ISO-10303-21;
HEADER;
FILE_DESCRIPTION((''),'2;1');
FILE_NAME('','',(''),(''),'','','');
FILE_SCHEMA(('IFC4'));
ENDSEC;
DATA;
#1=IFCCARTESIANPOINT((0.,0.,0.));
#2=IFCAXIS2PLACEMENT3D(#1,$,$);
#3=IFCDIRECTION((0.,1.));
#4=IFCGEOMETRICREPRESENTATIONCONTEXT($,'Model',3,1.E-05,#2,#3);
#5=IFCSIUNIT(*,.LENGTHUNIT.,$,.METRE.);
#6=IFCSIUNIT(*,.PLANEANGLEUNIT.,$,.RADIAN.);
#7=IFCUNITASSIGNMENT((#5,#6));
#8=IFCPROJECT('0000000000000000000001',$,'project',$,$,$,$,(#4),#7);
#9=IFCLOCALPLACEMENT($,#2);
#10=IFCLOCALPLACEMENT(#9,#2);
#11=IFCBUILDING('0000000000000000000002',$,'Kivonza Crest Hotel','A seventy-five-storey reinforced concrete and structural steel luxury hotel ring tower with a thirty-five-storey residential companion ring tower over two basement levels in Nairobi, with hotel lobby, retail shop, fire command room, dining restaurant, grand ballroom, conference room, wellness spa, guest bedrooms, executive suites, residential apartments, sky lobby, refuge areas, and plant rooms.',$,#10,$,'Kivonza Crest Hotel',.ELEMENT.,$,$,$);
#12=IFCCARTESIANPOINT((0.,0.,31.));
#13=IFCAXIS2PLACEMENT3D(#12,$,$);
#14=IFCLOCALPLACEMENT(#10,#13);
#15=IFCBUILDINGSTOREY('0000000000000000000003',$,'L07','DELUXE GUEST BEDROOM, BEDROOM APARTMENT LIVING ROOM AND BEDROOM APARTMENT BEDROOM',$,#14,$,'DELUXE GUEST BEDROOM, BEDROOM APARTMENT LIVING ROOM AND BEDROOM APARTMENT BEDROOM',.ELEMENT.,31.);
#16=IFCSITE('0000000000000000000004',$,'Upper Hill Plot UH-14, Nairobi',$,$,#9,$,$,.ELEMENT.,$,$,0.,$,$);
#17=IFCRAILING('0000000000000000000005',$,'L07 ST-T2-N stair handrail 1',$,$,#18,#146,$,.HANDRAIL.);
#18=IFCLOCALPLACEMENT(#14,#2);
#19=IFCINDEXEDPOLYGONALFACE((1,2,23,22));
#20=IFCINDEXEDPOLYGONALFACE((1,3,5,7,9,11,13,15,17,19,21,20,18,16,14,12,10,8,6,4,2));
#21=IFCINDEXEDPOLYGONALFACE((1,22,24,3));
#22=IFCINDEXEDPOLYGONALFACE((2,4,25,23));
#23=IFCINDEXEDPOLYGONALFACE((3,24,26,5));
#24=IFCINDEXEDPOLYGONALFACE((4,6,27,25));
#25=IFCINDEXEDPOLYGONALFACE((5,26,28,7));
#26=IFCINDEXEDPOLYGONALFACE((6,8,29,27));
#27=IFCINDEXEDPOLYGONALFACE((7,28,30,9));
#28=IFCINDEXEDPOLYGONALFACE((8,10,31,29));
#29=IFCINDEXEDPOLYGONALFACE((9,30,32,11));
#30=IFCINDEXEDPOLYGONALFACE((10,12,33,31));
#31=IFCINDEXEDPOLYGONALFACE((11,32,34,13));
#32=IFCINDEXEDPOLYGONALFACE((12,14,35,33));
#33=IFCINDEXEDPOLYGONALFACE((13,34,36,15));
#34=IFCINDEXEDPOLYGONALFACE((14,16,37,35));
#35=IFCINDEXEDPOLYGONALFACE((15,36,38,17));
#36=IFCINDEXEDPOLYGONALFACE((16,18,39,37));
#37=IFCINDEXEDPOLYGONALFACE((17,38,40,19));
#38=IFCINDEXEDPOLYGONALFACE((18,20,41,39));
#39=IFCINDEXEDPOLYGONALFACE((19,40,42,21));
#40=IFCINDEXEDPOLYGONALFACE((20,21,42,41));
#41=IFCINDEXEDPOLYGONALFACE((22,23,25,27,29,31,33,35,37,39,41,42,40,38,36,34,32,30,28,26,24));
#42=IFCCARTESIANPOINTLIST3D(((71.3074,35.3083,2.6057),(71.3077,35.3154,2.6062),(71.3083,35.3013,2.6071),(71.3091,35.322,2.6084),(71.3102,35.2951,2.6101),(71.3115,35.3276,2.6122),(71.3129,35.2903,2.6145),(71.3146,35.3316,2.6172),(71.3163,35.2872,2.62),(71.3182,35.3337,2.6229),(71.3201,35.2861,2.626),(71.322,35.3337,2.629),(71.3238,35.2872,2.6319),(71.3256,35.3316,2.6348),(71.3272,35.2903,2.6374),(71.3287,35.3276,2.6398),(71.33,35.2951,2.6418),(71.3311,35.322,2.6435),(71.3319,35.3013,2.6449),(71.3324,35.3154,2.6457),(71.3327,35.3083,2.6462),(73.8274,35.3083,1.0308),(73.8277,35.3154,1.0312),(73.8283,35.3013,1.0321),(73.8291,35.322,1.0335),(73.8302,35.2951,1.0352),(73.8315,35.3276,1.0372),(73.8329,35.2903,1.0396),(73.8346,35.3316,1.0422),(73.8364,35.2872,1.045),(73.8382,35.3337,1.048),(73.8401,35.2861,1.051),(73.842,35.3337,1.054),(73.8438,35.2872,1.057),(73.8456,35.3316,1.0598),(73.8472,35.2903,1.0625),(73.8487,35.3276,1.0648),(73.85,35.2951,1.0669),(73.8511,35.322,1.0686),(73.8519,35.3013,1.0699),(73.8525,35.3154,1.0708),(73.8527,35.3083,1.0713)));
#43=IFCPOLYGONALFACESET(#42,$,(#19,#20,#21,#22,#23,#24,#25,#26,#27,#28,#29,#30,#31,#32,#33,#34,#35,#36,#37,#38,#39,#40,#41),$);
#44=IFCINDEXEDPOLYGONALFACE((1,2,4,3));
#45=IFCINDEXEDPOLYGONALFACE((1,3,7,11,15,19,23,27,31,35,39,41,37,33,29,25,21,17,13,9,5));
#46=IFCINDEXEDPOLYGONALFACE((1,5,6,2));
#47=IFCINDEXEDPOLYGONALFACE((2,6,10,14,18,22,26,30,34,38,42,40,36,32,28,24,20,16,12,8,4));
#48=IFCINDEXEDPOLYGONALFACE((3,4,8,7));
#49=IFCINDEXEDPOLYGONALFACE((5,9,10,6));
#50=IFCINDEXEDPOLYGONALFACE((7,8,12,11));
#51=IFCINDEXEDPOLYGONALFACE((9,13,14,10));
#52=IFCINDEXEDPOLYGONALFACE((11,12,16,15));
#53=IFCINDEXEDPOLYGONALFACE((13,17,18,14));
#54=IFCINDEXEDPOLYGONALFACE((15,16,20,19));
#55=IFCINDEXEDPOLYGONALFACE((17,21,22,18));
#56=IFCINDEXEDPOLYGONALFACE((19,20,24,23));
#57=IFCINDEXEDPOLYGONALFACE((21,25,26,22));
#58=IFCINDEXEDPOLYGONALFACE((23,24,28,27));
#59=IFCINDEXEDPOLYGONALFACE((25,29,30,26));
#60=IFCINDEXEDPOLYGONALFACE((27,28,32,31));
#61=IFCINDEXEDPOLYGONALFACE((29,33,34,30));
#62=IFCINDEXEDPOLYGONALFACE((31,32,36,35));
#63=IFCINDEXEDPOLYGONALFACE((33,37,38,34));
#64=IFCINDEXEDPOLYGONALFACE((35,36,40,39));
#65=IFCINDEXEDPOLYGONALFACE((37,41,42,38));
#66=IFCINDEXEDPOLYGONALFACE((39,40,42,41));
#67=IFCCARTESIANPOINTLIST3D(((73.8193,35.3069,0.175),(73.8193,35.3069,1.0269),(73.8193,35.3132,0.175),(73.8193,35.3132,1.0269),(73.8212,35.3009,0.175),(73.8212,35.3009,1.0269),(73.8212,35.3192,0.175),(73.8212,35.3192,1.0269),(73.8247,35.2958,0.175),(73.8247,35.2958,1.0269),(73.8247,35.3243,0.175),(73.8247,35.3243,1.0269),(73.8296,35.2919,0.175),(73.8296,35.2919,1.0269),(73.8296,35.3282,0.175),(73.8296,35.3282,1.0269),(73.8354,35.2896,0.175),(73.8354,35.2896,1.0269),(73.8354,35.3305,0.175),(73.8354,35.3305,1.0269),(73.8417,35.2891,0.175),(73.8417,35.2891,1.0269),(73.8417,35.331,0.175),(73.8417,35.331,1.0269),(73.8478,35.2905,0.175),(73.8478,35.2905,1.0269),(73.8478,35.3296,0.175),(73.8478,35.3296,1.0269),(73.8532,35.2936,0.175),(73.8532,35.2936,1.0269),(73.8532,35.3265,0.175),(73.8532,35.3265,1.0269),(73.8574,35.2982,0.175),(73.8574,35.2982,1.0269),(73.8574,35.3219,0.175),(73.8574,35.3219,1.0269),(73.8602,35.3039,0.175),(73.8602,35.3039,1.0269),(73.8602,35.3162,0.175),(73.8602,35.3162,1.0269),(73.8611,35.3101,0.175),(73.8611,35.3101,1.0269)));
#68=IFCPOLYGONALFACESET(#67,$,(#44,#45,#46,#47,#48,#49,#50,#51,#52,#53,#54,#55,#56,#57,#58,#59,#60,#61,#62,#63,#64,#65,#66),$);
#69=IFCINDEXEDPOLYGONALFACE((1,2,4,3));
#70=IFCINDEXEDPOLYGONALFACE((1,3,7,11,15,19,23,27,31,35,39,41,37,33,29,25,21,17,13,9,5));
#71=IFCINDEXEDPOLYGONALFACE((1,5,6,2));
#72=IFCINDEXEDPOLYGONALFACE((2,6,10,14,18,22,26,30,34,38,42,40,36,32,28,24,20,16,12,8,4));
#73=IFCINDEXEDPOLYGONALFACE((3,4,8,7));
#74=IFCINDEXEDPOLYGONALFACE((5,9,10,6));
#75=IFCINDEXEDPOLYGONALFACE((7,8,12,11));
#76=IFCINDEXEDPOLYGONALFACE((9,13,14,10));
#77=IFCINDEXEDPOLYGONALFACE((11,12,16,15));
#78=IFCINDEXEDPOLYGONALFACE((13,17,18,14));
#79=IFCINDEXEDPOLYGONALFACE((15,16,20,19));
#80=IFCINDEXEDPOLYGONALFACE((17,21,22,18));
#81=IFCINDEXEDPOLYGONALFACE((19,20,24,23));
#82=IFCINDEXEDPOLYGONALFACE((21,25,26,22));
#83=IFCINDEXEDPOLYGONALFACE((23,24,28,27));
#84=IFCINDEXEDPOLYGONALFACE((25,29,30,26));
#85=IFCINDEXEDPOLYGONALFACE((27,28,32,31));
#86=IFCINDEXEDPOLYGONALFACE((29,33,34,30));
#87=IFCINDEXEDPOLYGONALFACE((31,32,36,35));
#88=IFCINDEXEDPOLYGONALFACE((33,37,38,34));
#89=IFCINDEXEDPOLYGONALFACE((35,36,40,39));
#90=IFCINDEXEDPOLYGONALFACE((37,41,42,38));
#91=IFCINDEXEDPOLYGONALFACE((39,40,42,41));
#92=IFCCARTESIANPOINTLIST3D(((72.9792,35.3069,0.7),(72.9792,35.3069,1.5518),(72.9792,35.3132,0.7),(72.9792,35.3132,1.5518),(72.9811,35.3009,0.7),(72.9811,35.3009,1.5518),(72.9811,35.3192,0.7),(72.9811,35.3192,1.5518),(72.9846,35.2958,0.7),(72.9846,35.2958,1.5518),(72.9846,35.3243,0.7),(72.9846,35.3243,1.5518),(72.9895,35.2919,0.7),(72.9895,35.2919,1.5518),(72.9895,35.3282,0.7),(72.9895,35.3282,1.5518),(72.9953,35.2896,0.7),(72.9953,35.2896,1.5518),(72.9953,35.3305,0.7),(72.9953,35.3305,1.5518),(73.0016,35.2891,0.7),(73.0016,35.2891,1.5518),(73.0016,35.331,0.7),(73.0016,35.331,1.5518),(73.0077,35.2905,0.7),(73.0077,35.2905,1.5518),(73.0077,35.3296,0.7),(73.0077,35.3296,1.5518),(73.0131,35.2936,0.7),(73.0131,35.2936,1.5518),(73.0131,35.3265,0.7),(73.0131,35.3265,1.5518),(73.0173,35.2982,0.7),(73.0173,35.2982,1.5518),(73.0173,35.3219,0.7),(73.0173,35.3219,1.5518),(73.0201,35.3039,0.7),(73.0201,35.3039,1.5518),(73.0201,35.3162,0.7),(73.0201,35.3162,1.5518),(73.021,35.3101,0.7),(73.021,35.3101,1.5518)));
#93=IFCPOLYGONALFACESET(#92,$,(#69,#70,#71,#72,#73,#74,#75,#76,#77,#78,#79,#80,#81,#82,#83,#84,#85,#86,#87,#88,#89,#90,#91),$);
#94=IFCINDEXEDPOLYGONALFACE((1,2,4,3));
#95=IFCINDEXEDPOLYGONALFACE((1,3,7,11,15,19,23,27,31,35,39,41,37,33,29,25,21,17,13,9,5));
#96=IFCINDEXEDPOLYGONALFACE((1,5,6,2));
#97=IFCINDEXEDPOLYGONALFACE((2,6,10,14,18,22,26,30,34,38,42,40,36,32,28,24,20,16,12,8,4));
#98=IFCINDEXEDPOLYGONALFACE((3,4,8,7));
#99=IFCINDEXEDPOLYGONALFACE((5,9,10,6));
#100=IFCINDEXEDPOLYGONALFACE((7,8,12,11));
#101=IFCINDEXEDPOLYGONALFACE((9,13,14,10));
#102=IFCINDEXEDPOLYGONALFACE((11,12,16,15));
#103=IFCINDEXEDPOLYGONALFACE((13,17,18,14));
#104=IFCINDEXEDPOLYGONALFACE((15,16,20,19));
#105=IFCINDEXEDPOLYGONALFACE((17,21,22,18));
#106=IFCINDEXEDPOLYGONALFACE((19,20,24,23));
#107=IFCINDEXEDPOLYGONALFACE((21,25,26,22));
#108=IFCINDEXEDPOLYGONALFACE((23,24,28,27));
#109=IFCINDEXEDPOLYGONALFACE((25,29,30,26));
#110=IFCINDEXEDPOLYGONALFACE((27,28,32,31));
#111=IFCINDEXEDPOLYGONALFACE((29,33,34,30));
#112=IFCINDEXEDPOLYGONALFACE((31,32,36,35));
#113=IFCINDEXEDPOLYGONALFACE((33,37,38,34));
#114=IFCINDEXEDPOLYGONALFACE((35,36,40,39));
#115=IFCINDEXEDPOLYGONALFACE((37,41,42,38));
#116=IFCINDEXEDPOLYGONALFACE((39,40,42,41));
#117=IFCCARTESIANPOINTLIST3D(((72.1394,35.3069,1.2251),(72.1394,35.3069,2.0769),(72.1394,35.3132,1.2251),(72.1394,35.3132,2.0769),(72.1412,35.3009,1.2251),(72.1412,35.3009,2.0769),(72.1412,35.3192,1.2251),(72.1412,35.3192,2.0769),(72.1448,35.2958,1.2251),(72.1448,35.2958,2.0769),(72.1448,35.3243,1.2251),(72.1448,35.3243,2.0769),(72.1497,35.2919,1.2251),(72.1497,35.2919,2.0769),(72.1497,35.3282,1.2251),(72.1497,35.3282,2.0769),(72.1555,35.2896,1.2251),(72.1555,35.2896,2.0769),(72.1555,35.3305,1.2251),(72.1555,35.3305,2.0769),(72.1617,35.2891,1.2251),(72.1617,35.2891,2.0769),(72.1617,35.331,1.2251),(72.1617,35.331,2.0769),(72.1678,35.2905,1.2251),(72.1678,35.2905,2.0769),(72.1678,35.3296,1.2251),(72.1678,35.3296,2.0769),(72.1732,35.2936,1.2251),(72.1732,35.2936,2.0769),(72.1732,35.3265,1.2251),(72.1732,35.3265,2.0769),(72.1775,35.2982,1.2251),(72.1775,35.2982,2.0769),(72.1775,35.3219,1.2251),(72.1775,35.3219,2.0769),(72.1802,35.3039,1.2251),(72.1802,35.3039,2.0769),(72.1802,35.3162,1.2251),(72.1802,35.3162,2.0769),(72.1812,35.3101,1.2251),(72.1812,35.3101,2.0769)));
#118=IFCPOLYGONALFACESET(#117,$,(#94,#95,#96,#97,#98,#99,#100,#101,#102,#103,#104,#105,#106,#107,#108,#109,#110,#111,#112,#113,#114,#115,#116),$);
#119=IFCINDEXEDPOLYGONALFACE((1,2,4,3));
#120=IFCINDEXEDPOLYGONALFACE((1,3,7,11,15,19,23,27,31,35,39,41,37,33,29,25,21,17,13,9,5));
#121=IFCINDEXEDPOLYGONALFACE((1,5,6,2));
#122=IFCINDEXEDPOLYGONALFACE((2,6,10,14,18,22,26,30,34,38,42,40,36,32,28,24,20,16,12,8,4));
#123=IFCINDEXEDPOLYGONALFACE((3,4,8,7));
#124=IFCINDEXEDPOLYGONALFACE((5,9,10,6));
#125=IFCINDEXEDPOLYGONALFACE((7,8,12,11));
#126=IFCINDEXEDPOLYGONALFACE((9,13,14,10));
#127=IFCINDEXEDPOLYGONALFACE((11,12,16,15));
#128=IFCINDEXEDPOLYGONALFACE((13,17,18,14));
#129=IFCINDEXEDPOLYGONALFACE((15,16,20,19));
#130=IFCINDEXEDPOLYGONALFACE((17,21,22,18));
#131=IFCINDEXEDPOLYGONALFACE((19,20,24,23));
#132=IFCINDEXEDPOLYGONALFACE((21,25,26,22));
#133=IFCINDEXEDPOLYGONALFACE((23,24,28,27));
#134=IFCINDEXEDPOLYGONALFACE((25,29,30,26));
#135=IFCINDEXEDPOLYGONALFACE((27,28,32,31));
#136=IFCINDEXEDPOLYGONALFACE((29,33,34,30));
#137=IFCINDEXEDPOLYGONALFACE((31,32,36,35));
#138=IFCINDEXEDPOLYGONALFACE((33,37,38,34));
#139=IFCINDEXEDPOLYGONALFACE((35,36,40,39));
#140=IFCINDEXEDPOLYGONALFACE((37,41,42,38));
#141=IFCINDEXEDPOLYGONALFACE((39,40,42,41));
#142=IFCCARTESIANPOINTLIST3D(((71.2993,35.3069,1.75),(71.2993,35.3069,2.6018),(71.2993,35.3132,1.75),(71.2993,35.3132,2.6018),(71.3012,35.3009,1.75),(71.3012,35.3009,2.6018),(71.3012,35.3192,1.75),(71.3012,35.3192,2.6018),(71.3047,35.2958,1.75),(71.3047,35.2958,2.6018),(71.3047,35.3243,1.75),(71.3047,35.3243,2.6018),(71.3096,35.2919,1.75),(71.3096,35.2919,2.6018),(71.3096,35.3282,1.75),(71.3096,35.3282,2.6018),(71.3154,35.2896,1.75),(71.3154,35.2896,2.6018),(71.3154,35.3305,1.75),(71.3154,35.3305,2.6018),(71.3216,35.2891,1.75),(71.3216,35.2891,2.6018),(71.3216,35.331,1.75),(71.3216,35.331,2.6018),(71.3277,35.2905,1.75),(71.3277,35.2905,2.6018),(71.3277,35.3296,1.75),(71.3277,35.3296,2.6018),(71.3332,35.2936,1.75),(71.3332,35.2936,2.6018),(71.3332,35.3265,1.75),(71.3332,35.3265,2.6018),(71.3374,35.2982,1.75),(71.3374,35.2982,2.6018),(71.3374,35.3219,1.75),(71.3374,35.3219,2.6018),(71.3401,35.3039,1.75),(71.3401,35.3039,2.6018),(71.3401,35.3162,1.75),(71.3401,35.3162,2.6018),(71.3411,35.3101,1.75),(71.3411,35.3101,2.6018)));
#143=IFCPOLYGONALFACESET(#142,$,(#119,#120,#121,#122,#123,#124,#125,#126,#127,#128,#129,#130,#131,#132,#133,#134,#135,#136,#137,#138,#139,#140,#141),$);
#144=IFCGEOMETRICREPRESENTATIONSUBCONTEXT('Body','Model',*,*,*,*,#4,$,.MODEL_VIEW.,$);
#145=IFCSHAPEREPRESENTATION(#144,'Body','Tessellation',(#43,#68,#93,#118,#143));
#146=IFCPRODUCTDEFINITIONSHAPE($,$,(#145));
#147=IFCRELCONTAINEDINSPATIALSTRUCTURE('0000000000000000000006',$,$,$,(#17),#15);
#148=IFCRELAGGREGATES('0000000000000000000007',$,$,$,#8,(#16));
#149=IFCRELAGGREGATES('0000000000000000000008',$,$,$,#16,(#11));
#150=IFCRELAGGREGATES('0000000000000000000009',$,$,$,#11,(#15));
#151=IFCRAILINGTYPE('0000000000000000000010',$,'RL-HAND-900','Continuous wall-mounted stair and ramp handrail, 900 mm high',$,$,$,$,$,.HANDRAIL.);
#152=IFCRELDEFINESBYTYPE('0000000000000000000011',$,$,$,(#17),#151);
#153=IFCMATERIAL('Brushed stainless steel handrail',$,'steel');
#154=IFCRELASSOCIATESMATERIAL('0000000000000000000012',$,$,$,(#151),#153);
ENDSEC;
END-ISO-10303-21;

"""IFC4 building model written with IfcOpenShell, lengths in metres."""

from ifc_helpers import new_model, si_unit, direction, frame, origin, origin_2d, place, context, subcontext, project, spatial, circle, extrude, material, type_object, element, save


model = new_model("IFC4")

# Units and contexts
model_context = context("Model", 3, precision=1e-05, world=origin(), true_north=direction((0.0, 1.0)))
body_context = subcontext(model_context, "Body", "Model", "MODEL_VIEW")
ifc_project = project(units=[si_unit("LENGTHUNIT", "METRE"), si_unit("PLANEANGLEUNIT", "RADIAN")], contexts=[model_context])

# Site, building, storey
site_placement = place(None, origin())
site = spatial("IfcSite", under=ifc_project, at=site_placement, Name="Upper Hill Plot UH-14, Nairobi", CompositionType="ELEMENT", RefElevation=0.0)
building_placement = place(site_placement, origin())
building = spatial("IfcBuilding", under=site, at=building_placement, Name="Kivonza Crest Hotel", Description="A seventy-five-storey reinforced concrete and structural steel luxury hotel ring tower with a thirty-five-storey residential companion ring tower over two basement levels in Nairobi, with hotel lobby, retail shop, fire command room, dining restaurant, grand ballroom, conference room, wellness spa, guest bedrooms, executive suites, residential apartments, sky lobby, refuge areas, and plant rooms.", LongName="Kivonza Crest Hotel", CompositionType="ELEMENT")
storey_placement = place(building_placement, frame((0.0, 0.0, 31.0)))
storey = spatial("IfcBuildingStorey", under=building, at=storey_placement, Name="L07", Description="DELUXE GUEST BEDROOM, BEDROOM APARTMENT LIVING ROOM AND BEDROOM APARTMENT BEDROOM", LongName="DELUXE GUEST BEDROOM, BEDROOM APARTMENT LIVING ROOM AND BEDROOM APARTMENT BEDROOM", CompositionType="ELEMENT", Elevation=31.0)

# Railing
ifc_material_1 = material(Name="Brushed stainless steel handrail", Category="steel")
railing_type_1 = type_object("IfcRailingType", Name="RL-HAND-900", Description="Continuous wall-mounted stair and ramp handrail, 900 mm high", PredefinedType="HANDRAIL", material=ifc_material_1)
railing_1_placement = place(storey_placement, frame((73.8401, 35.3101, 0.175)))
element("IfcRailing", 1, at=railing_1_placement, inside=storey, type_object=railing_type_1, Name="L07 ST-T2-N stair handrail 1", PredefinedType="HANDRAIL", context=body_context, shape_type="SweptSolid", body=[
    extrude(circle(Radius=0.0239, at=origin_2d()), frame((0.0, 0.0, 0.876), z_axis=(-0.848008, 0.0, 0.529984), x_axis=(0.0, -1.0, 0.0)), (0.0, 0.0, 1.0), 2.9717),
    extrude(circle(Radius=0.021, at=origin_2d()), origin(), (0.0, 0.0, 1.0), 0.8518),
    extrude(circle(Radius=0.021, at=origin_2d()), frame((-0.8401, 0.0, 0.5249)), (0.0, 0.0, 1.0), 0.8518),
    extrude(circle(Radius=0.021, at=origin_2d()), frame((-1.6799, 0.0, 1.05)), (0.0, 0.0, 1.0), 0.8518),
    extrude(circle(Radius=0.021, at=origin_2d()), frame((-2.52, 0.0, 1.575)), (0.0, 0.0, 1.0), 0.8518),
])

save(model, "model.ifc")
